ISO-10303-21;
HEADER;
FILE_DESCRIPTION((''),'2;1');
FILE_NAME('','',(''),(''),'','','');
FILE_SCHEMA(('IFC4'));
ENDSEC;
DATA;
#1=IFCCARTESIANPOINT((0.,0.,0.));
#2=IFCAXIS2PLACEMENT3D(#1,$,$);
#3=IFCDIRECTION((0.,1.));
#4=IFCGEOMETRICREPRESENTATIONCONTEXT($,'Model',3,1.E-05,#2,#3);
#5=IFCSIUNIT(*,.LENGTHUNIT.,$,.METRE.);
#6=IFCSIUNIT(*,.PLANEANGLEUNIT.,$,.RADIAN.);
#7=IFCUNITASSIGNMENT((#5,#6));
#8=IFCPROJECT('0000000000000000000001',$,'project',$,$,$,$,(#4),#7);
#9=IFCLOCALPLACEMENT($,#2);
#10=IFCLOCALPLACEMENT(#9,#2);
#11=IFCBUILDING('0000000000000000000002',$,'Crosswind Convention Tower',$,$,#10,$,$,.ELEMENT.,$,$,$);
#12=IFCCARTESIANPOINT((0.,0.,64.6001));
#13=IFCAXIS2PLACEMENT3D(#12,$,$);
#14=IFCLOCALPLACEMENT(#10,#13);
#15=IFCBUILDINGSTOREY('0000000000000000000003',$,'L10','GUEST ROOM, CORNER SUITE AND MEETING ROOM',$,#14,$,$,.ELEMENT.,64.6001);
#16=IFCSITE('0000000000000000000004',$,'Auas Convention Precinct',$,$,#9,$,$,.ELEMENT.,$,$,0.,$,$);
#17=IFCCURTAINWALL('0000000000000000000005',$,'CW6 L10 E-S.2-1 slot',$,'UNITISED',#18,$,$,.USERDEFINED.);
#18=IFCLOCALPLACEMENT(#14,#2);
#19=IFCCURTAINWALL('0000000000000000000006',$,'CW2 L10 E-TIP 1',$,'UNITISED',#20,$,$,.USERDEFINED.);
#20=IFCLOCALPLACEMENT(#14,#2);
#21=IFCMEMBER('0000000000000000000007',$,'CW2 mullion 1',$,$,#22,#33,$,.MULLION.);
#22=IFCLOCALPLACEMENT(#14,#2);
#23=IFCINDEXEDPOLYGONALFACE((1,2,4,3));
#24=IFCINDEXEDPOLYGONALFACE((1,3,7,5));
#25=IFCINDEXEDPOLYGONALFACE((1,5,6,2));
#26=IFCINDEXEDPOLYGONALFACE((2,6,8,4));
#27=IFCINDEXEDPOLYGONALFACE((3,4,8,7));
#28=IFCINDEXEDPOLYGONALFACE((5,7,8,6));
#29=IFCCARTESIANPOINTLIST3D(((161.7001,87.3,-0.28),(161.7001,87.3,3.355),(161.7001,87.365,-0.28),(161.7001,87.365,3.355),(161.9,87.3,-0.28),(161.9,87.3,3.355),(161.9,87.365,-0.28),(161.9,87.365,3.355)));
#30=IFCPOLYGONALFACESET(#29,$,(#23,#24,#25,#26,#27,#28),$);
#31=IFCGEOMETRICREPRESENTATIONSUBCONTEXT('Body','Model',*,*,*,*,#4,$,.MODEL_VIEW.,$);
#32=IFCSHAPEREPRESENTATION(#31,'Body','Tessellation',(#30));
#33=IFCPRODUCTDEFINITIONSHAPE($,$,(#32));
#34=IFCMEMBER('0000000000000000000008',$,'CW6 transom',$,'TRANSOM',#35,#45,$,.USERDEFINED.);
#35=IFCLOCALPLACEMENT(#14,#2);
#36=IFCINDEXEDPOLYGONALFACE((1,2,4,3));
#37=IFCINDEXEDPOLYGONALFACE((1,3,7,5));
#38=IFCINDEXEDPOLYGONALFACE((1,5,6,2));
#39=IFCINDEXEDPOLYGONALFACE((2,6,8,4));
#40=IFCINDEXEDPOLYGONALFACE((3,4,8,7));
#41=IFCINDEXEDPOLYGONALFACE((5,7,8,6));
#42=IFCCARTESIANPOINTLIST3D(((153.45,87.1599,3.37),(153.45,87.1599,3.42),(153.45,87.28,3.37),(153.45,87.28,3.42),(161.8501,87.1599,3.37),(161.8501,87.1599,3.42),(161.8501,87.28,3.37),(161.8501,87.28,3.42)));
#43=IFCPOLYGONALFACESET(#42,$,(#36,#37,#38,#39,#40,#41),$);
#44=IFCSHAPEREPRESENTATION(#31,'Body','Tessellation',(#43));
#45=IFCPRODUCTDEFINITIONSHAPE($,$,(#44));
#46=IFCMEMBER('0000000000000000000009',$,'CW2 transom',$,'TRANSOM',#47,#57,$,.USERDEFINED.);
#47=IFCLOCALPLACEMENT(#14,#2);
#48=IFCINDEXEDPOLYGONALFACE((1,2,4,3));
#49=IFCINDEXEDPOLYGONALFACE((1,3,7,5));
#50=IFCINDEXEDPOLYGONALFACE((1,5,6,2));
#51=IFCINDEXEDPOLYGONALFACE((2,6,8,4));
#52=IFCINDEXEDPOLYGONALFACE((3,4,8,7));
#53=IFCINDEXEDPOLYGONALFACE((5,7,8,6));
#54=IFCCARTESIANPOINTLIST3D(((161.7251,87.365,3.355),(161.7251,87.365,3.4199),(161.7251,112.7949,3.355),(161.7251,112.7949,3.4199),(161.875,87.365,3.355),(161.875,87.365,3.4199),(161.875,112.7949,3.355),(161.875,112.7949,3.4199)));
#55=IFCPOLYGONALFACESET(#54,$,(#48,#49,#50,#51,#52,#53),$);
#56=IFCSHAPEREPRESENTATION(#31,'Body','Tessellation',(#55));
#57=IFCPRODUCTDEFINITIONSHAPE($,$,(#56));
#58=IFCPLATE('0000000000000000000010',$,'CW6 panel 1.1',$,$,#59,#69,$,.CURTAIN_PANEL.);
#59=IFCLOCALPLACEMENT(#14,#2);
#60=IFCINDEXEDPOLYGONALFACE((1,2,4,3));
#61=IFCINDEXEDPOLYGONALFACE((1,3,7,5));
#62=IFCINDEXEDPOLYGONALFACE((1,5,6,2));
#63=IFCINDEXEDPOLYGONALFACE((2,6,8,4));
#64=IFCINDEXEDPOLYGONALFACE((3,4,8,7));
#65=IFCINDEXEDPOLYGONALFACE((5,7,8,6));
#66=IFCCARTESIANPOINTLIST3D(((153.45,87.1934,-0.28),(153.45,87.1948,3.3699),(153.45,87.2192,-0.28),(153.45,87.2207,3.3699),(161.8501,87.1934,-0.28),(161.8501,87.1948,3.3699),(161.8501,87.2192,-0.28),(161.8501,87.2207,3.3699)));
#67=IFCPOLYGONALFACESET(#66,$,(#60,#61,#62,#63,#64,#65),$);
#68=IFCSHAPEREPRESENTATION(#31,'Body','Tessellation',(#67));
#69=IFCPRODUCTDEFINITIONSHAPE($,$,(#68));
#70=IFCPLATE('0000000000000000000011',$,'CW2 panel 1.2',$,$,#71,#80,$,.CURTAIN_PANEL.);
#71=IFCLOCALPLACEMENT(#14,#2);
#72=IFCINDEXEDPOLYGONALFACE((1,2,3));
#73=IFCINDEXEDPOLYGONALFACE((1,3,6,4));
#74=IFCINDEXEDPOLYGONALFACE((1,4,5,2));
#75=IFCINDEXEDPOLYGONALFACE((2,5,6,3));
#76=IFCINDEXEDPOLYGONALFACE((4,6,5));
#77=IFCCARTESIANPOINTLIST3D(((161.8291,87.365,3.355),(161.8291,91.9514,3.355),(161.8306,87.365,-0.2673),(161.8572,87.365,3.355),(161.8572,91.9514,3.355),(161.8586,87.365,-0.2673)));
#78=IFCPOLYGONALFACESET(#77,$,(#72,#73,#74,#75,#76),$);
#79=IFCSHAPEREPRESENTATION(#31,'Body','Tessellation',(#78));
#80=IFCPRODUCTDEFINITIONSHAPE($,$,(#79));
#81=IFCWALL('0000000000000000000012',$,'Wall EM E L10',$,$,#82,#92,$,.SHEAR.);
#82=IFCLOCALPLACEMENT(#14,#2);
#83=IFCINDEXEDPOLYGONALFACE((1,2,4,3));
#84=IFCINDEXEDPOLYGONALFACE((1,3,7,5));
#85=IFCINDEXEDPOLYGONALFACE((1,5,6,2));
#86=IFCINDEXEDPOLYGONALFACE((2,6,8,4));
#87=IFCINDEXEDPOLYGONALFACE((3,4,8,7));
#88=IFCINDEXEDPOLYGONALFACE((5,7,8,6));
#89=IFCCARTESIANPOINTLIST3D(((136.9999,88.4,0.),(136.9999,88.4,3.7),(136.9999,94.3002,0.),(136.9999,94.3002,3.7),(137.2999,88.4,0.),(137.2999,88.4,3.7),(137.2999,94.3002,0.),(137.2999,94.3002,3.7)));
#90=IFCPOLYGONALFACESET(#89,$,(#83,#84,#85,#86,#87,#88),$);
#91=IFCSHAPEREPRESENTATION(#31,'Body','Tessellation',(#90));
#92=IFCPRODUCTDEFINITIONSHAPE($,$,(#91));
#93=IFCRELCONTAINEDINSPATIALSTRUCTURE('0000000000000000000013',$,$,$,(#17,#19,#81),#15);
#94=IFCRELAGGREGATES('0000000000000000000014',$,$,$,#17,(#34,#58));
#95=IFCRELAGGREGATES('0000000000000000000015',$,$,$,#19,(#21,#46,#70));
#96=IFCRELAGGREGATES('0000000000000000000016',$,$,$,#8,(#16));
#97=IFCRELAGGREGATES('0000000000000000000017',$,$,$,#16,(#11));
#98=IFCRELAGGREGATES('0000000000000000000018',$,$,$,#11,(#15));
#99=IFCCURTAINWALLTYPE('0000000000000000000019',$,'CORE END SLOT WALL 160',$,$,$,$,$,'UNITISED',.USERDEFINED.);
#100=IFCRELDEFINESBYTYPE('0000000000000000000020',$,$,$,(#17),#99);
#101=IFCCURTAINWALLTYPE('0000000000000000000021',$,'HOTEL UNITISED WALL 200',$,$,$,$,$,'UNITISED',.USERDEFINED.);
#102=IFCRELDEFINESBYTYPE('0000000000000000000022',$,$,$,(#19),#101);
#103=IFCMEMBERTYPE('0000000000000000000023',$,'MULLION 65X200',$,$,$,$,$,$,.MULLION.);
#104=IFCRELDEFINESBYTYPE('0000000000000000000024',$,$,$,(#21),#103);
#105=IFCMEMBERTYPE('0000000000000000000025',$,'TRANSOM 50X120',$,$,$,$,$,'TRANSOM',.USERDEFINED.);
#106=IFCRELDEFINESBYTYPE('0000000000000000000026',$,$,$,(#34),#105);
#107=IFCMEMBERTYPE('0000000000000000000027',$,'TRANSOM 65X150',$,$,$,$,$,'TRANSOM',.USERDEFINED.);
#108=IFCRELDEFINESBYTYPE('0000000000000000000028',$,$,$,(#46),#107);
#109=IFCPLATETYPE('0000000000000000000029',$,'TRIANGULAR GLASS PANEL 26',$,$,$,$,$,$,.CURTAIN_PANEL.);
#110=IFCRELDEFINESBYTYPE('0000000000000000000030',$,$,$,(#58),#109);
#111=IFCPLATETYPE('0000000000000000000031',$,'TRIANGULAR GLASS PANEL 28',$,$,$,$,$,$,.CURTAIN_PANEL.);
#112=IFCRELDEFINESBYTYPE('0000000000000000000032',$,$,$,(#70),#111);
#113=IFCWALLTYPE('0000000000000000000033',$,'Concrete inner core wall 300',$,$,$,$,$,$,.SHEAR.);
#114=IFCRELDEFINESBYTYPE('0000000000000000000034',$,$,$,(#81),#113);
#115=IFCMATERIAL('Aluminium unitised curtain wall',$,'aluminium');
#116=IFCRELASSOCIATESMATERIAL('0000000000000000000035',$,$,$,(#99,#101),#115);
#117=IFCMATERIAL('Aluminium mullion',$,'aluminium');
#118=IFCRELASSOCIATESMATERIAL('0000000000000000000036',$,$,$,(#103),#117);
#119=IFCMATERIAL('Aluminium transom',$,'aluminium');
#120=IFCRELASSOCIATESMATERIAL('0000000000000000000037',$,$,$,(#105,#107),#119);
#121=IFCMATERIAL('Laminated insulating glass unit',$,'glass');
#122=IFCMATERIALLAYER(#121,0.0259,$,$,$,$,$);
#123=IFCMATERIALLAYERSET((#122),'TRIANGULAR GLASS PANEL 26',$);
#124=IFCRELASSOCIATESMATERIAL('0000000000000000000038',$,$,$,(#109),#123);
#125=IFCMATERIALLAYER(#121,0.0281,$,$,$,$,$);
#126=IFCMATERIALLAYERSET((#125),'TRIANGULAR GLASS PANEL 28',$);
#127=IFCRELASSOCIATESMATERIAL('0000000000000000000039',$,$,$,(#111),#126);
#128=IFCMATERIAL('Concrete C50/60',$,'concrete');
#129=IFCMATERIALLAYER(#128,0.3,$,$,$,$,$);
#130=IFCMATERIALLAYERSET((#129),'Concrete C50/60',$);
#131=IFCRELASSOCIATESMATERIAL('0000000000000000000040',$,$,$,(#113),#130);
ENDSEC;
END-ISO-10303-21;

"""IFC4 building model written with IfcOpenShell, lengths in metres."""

from ifc_helpers import new_model, si_unit, direction, frame, frame_2d, origin, origin_2d, place, context, subcontext, project, spatial, polyline, rectangle, outline, extrude, material, layer, layer_set, material_profile, profile_set, type_object, element, aggregate, save


model = new_model("IFC4")

# Units and contexts
model_context = context("Model", 3, precision=1e-05, world=origin(), true_north=direction((0.0, 1.0)))
body_context = subcontext(model_context, "Body", "Model", "MODEL_VIEW")
ifc_project = project(units=[si_unit("LENGTHUNIT", "METRE"), si_unit("PLANEANGLEUNIT", "RADIAN")], contexts=[model_context])

# Site, building, storey
site_placement = place(None, origin())
site = spatial("IfcSite", under=ifc_project, at=site_placement, Name="Auas Convention Precinct", CompositionType="ELEMENT", RefElevation=0.0)
building_placement = place(site_placement, origin())
building = spatial("IfcBuilding", under=site, at=building_placement, Name="Crosswind Convention Tower", CompositionType="ELEMENT")
storey_placement = place(building_placement, frame((0.0, 0.0, 64.6001)))
storey = spatial("IfcBuildingStorey", under=building, at=storey_placement, Name="L10", Description="GUEST ROOM, CORNER SUITE AND MEETING ROOM", CompositionType="ELEMENT", Elevation=64.6001)

# Curtain wall
ifc_material_1 = material(Name="Aluminium unitised curtain wall", Category="aluminium")
curtain_wall_type_1 = type_object("IfcCurtainWallType", Name="CORE END SLOT WALL 160", ElementType="UNITISED", PredefinedType="USERDEFINED", material=ifc_material_1)
curtain_wall_1_placement = place(storey_placement, origin())
curtain_wall_1 = element("IfcCurtainWall", 1, at=curtain_wall_1_placement, inside=storey, type_object=curtain_wall_type_1, Name="CW6 L10 E-S.2-1 slot", ObjectType="UNITISED", PredefinedType="USERDEFINED")
ifc_material_2 = material(Name="Aluminium mullion", Category="aluminium")

# Curtain wall, member
curtain_wall_type_2 = type_object("IfcCurtainWallType", Name="HOTEL UNITISED WALL 200", ElementType="UNITISED", PredefinedType="USERDEFINED", material=ifc_material_1)
curtain_wall_2_placement = place(storey_placement, origin())
curtain_wall_2 = element("IfcCurtainWall", 2, at=curtain_wall_2_placement, inside=storey, type_object=curtain_wall_type_2, Name="CW2 L10 E-TIP 1", ObjectType="UNITISED", PredefinedType="USERDEFINED")
ifc_material_profile_1 = material_profile(ifc_material_2, rectangle(XDim=0.2, YDim=0.0649, at=origin_2d()), Name="AL 200X65")
ifc_profile_set_1 = profile_set([ifc_material_profile_1], Name="Aluminium mullion")
member_type_1 = type_object("IfcMemberType", Name="MULLION 65X200", PredefinedType="MULLION", material=ifc_profile_set_1)
member_1_placement = place(storey_placement, frame((161.8, 87.3325, -0.28), z_axis=(0.0, 0.0, 1.0), x_axis=(1.0, 0.0, 0.0)))
member_1 = element("IfcMember", 3, at=member_1_placement, type_object=member_type_1, Name="CW2 mullion 1", PredefinedType="MULLION", context=body_context, shape_type="SweptSolid", body=[
    extrude(rectangle(XDim=0.2, YDim=0.0649, at=origin_2d()), origin(), (0.0, 0.0, 1.0), 3.635),
])

# Members
ifc_material_3 = material(Name="Aluminium transom", Category="aluminium")
ifc_material_profile_2 = material_profile(ifc_material_3, rectangle(XDim=0.1201, YDim=0.05, at=origin_2d()), Name="AL 120X50")
ifc_profile_set_2 = profile_set([ifc_material_profile_2], Name="Aluminium transom")
member_type_2 = type_object("IfcMemberType", Name="TRANSOM 50X120", ElementType="TRANSOM", PredefinedType="USERDEFINED", material=ifc_profile_set_2)
member_2_placement = place(storey_placement, frame((153.45, 87.22, 3.395), z_axis=(1.0, 0.0, 0.0), x_axis=(0.0, 1.0, 0.0)))
member_2 = element("IfcMember", 4, at=member_2_placement, type_object=member_type_2, Name="CW6 transom", ObjectType="TRANSOM", PredefinedType="USERDEFINED", context=body_context, shape_type="SweptSolid", body=[
    extrude(rectangle(XDim=0.1201, YDim=0.05, at=origin_2d()), origin(), (0.0, 0.0, 1.0), 8.4001),
])
ifc_material_profile_3 = material_profile(ifc_material_3, rectangle(XDim=0.1499, YDim=0.0649, at=origin_2d()), Name="AL 150X65")
ifc_profile_set_3 = profile_set([ifc_material_profile_3], Name="Aluminium transom")
member_type_3 = type_object("IfcMemberType", Name="TRANSOM 65X150", ElementType="TRANSOM", PredefinedType="USERDEFINED", material=ifc_profile_set_3)
member_3_placement = place(storey_placement, frame((161.8, 87.365, 3.3875), z_axis=(0.0, 1.0, 0.0), x_axis=(-1.0, 0.0, 0.0)))
member_3 = element("IfcMember", 5, at=member_3_placement, type_object=member_type_3, Name="CW2 transom", ObjectType="TRANSOM", PredefinedType="USERDEFINED", context=body_context, shape_type="SweptSolid", body=[
    extrude(rectangle(XDim=0.1499, YDim=0.0649, at=origin_2d()), origin(), (0.0, 0.0, 1.0), 25.4299),
])

# Plates
ifc_material_4 = material(Name="Laminated insulating glass unit", Category="glass")
ifc_layer_1 = layer(ifc_material_4, 0.0259)
ifc_layer_set_1 = layer_set([ifc_layer_1], Name="TRIANGULAR GLASS PANEL 26")
plate_type_1 = type_object("IfcPlateType", Name="TRIANGULAR GLASS PANEL 26", PredefinedType="CURTAIN_PANEL", material=ifc_layer_set_1)
plate_1_placement = place(storey_placement, frame((153.45, 87.1934, -0.28), z_axis=(0.0, -1.0, 0.000401), x_axis=(1.0, 0.0, 0.0)))
plate_1 = element("IfcPlate", 6, at=plate_1_placement, type_object=plate_type_1, Name="CW6 panel 1.1", PredefinedType="CURTAIN_PANEL", context=body_context, shape_type="SweptSolid", body=[
    extrude(outline(polyline([(0.0, 0.0), (8.4001, 0.0), (8.4001, 3.6499), (0.0, 3.6499), (0.0, 0.0)])), origin(), (0.0, 0.0, -1.0), 0.0259),
])
aggregate(curtain_wall_1, [member_2, plate_1])
ifc_layer_2 = layer(ifc_material_4, 0.0281)
ifc_layer_set_2 = layer_set([ifc_layer_2], Name="TRIANGULAR GLASS PANEL 28")
plate_type_2 = type_object("IfcPlateType", Name="TRIANGULAR GLASS PANEL 28", PredefinedType="CURTAIN_PANEL", material=ifc_layer_set_2)
plate_2_placement = place(storey_placement, frame((161.8572, 87.365, 3.355), z_axis=(1.0, 0.0, 0.000404), x_axis=(0.000404, 0.0, -1.0)))
plate_2 = element("IfcPlate", 7, at=plate_2_placement, type_object=plate_type_2, Name="CW2 panel 1.2", PredefinedType="CURTAIN_PANEL", context=body_context, shape_type="SweptSolid", body=[
    extrude(outline(polyline([(0.0, 0.0), (3.6223, 0.0), (0.0, 4.5864), (0.0, 0.0)])), origin(), (0.0, 0.0, -1.0), 0.0281),
])

# Wall
ifc_material_5 = material(Name="Concrete C50/60", Category="concrete")
ifc_layer_3 = layer(ifc_material_5, 0.3)
ifc_layer_set_3 = layer_set([ifc_layer_3], Name="Concrete C50/60")
wall_type_1 = type_object("IfcWallType", Name="Concrete inner core wall 300", PredefinedType="SHEAR", material=ifc_layer_set_3)
wall_1_placement = place(storey_placement, frame((137.1499, 88.3999, 0.0), z_axis=(0.0, 0.0, 1.0), x_axis=(0.0, 1.0, 0.0)))
element("IfcWall", 8, at=wall_1_placement, inside=storey, type_object=wall_type_1, Name="Wall EM E L10", PredefinedType="SHEAR", context=body_context, shape_type="SweptSolid", body=[
    extrude(rectangle(XDim=5.9001, YDim=0.3, at=frame_2d((2.9502, 0.0))), origin(), (0.0, 0.0, 1.0), 3.7),
])

aggregate(curtain_wall_2, [member_1, member_3, plate_2])

save(model, "model.ifc")
